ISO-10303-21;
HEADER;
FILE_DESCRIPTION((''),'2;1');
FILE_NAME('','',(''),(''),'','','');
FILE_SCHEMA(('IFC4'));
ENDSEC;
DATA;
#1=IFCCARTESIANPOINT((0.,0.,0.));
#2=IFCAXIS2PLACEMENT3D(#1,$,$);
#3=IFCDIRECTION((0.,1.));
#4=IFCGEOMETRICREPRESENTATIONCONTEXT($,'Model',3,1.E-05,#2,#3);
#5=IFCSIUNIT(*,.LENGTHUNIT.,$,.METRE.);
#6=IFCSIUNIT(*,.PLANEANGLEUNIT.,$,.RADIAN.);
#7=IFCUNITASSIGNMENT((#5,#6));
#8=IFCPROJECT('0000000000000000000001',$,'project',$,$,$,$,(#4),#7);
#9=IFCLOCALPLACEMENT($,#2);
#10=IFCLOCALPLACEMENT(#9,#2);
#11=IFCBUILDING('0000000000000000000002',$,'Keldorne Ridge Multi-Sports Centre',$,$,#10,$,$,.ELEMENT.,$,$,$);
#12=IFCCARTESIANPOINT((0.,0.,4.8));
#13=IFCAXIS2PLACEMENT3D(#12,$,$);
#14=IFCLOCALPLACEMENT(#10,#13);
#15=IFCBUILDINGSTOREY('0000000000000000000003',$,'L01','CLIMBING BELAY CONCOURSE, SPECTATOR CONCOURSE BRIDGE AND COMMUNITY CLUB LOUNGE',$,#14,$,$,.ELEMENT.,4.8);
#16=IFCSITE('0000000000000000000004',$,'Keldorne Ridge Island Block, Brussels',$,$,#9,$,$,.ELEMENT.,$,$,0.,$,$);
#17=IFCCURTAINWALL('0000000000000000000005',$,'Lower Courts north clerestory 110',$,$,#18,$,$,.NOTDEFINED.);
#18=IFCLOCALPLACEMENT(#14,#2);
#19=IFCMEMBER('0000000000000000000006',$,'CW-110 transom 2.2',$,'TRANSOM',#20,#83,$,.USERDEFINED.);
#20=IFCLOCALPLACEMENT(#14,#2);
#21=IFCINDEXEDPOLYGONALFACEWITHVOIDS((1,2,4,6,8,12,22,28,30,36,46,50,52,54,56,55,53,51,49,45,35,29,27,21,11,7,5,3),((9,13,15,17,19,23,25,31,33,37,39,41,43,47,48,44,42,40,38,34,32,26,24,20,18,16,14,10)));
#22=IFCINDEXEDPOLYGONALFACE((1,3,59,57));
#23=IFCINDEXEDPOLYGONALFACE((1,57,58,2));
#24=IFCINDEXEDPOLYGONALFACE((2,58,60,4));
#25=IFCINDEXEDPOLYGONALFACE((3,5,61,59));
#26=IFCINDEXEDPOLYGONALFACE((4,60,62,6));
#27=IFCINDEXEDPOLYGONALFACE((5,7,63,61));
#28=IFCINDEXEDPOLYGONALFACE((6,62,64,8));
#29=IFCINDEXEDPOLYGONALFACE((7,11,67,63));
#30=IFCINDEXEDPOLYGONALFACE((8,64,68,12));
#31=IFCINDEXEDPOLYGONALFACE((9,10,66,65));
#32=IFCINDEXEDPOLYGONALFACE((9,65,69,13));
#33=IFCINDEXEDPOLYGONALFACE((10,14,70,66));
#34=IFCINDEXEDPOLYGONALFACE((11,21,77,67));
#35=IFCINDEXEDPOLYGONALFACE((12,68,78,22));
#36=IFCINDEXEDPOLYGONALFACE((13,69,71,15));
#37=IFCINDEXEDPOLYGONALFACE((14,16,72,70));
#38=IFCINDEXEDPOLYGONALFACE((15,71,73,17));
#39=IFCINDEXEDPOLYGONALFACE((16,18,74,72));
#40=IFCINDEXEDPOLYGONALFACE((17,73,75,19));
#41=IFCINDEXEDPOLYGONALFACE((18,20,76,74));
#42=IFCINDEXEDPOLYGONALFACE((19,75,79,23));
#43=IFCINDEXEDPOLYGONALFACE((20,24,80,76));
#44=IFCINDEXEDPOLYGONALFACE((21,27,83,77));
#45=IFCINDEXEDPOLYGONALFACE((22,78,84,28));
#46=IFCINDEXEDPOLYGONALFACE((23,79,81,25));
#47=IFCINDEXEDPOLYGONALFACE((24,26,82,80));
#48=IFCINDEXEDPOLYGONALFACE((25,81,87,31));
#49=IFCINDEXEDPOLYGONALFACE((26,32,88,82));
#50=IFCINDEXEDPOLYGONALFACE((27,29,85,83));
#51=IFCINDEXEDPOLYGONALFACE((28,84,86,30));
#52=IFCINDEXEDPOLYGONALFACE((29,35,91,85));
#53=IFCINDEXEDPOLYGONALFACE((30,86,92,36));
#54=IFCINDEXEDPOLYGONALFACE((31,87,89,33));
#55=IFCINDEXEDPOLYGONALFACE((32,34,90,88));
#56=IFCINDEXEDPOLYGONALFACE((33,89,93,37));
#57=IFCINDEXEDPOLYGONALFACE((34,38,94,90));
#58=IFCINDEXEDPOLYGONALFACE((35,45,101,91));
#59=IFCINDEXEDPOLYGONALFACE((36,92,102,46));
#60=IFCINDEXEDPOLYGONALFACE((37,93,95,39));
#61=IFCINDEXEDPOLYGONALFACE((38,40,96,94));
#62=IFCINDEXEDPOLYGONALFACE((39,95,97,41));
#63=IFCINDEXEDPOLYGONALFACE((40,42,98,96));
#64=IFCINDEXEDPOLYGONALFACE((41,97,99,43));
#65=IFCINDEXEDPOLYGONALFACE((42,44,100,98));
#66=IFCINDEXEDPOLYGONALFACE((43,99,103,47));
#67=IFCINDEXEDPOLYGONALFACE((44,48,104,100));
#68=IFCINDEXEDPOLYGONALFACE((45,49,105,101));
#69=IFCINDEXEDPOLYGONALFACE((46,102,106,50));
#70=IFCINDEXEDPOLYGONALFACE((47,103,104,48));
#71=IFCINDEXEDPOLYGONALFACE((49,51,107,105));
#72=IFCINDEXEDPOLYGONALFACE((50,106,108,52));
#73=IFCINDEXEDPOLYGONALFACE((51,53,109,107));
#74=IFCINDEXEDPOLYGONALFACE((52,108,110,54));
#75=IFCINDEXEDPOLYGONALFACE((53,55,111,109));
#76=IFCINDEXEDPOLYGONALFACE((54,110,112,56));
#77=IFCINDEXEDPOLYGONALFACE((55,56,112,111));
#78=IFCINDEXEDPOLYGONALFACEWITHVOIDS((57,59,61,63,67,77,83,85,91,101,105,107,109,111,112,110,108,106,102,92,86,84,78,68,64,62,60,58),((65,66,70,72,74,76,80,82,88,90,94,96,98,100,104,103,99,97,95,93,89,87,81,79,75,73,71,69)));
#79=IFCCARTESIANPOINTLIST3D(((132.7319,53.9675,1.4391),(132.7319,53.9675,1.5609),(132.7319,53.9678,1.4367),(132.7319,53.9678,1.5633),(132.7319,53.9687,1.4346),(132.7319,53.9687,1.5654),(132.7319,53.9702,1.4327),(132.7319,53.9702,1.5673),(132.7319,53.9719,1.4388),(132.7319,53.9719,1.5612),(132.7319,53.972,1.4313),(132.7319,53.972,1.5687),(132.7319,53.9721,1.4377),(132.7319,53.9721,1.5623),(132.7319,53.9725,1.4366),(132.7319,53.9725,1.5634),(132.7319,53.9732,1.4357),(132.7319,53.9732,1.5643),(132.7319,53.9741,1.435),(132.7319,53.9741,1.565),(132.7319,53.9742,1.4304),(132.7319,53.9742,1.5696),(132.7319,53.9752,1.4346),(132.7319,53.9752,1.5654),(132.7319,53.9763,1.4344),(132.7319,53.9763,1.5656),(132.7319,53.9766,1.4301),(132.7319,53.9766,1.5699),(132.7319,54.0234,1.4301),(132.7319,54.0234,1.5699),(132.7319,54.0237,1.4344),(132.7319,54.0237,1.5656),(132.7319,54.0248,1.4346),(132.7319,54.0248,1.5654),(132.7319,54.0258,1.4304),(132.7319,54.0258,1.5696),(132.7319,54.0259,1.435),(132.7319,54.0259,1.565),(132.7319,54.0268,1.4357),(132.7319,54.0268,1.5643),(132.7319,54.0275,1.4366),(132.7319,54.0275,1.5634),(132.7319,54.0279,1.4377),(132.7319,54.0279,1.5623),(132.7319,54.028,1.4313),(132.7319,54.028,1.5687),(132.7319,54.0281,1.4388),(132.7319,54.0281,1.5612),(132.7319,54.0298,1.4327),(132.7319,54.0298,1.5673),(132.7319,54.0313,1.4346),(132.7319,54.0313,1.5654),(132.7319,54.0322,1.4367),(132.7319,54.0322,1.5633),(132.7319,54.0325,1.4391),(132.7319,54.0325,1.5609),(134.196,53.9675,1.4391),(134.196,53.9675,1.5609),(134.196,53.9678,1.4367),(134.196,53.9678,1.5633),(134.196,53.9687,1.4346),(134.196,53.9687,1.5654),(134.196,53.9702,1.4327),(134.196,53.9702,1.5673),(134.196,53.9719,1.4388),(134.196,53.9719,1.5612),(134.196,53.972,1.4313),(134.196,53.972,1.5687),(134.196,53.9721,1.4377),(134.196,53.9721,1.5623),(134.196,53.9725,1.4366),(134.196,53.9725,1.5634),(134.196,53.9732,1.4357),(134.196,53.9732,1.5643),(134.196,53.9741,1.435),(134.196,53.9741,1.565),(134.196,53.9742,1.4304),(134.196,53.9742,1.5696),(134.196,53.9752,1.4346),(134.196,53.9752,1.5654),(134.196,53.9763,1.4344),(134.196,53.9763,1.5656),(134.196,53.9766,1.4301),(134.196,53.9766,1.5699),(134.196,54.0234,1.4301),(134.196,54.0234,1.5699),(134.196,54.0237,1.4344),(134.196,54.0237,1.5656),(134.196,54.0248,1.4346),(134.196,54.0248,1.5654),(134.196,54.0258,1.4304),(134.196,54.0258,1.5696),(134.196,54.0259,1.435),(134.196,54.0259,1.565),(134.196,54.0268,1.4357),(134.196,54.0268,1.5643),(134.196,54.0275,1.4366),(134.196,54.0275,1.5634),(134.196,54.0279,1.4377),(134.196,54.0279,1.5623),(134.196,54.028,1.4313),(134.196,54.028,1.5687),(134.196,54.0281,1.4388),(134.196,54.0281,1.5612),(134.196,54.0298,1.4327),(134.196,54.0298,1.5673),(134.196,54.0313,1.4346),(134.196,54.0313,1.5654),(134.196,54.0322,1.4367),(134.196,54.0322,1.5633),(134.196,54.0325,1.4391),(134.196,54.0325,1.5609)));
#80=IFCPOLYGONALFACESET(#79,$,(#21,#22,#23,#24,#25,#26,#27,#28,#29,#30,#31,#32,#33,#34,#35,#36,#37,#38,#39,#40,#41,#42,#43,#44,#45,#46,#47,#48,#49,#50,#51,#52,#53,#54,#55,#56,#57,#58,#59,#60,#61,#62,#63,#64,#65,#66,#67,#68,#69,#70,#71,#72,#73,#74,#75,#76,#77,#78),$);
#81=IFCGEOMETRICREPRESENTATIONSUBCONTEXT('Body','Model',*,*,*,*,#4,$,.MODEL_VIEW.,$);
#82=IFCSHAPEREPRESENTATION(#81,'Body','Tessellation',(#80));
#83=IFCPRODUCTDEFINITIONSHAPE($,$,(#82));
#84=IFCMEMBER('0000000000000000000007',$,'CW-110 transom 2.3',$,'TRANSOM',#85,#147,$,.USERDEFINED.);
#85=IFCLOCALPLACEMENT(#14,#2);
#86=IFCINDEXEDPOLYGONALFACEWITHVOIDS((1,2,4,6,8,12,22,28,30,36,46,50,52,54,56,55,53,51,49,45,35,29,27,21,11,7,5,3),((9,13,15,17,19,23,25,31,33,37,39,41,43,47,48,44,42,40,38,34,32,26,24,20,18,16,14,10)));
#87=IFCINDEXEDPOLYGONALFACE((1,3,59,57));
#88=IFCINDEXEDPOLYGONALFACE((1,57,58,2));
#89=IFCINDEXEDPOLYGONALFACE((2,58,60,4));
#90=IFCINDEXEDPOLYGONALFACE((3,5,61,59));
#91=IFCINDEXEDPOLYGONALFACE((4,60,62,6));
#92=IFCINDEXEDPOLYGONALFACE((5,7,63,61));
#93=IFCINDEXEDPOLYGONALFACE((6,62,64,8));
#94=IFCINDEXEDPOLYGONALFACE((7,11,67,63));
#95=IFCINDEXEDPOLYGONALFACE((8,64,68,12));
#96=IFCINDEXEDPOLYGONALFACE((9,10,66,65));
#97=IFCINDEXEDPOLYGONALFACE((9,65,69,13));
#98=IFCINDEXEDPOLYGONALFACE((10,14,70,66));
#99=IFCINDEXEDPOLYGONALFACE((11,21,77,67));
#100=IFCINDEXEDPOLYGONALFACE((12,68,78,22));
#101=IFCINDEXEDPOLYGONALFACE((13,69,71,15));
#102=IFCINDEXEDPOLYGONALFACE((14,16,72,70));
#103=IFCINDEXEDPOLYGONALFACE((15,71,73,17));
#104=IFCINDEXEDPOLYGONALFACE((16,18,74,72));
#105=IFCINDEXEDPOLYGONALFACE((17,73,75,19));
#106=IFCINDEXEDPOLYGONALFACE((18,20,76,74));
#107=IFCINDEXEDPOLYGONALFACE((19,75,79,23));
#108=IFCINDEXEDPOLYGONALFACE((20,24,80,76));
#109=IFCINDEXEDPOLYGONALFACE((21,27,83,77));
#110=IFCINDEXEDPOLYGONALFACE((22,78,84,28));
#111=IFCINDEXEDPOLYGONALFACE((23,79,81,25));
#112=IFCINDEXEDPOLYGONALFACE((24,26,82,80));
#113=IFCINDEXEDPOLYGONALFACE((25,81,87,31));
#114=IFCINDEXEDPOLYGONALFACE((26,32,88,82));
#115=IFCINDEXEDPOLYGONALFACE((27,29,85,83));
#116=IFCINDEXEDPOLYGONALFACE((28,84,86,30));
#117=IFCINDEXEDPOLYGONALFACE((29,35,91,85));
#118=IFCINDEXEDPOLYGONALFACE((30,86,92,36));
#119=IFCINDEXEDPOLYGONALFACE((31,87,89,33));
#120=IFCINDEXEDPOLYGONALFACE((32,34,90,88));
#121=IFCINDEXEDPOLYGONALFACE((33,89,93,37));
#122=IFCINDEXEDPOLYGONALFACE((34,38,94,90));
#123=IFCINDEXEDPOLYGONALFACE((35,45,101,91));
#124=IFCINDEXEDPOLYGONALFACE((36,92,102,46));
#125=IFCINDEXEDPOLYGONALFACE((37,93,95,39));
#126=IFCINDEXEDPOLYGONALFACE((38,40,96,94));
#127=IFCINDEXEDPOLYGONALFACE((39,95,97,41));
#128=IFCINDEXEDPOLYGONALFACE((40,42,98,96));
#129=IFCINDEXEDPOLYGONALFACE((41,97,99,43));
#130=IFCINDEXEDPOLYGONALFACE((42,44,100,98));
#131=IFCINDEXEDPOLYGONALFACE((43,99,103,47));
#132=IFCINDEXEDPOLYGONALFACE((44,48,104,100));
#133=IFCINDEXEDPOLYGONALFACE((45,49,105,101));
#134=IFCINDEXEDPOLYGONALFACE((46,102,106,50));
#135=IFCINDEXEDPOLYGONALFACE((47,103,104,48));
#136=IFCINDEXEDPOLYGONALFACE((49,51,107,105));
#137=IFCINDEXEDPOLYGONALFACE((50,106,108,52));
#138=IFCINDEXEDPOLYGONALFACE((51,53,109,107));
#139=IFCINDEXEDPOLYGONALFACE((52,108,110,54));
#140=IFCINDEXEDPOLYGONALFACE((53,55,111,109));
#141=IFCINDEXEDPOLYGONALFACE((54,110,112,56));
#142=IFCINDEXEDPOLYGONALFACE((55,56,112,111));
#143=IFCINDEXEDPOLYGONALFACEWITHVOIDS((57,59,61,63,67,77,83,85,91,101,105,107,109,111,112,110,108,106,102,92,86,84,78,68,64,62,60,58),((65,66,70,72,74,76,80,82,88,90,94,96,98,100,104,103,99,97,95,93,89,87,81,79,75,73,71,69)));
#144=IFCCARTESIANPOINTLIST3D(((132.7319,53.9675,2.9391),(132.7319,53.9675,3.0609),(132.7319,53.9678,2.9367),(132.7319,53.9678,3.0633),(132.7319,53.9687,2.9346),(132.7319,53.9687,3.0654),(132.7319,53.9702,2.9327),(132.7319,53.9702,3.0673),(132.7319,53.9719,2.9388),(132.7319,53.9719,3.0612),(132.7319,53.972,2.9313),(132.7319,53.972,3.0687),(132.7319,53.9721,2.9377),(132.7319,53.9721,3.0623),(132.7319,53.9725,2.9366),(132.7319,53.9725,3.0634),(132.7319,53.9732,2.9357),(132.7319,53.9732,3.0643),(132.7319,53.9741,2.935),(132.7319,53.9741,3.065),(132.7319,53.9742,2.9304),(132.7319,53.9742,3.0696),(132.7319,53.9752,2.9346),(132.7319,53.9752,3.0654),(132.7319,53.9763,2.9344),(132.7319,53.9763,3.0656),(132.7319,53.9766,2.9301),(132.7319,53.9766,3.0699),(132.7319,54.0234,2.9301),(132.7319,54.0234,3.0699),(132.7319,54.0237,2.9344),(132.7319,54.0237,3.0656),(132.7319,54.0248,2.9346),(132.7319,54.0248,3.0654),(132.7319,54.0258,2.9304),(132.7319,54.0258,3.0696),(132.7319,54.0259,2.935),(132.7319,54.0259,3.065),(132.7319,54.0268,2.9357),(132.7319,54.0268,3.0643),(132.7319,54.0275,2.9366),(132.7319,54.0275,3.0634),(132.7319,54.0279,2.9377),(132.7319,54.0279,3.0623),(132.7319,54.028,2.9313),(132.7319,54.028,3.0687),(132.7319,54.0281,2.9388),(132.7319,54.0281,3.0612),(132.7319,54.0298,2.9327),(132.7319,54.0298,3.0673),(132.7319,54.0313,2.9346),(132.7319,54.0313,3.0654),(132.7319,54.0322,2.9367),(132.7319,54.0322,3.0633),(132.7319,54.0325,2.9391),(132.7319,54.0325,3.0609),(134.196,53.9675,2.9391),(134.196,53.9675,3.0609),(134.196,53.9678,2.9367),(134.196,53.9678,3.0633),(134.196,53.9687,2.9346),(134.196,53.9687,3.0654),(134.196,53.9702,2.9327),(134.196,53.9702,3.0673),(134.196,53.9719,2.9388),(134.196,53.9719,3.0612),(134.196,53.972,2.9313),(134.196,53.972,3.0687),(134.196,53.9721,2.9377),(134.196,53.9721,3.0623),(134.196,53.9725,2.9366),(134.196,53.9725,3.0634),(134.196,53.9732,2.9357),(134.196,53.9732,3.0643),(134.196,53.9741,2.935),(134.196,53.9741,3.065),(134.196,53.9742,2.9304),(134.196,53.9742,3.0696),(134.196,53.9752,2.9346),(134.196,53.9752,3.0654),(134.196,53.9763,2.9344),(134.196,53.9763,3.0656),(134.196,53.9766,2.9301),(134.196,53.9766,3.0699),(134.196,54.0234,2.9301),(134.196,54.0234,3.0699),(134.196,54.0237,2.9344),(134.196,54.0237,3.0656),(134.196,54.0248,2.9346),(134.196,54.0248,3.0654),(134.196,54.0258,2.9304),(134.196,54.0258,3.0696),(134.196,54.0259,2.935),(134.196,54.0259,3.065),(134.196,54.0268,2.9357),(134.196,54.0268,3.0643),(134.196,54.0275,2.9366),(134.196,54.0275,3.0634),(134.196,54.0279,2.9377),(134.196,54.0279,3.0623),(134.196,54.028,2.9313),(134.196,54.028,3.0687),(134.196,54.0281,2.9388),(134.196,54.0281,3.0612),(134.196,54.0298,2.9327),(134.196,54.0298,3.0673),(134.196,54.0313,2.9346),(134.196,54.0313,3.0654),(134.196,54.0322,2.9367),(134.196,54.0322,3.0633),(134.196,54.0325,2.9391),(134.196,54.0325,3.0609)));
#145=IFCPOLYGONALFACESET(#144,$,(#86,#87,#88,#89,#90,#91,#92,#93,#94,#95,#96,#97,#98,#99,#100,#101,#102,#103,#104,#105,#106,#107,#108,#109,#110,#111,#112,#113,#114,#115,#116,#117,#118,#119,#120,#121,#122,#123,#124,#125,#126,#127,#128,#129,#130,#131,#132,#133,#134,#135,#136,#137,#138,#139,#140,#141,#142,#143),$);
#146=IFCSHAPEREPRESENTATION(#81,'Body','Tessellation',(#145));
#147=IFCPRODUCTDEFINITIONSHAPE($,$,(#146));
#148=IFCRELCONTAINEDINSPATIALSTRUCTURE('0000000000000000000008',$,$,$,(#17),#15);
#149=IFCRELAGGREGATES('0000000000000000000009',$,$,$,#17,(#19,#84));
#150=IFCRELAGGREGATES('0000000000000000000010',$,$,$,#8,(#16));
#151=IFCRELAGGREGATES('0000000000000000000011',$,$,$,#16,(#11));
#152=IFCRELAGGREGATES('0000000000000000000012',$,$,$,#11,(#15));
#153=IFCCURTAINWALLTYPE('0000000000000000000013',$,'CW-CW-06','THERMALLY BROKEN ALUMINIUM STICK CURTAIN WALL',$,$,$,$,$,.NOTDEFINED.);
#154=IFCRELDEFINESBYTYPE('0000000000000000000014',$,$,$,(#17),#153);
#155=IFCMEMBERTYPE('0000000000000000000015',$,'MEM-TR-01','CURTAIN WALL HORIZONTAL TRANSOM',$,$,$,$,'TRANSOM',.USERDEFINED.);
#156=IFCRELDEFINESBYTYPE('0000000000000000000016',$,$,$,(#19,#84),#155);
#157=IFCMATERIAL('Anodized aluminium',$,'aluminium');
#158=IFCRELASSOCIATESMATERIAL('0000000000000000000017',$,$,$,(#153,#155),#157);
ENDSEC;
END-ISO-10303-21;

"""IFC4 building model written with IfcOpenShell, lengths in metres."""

from ifc_helpers import new_model, si_unit, direction, frame, origin, origin_2d, place, context, subcontext, project, spatial, hollow_rectangle, extrude, material, material_profile, profile_set, type_object, element, aggregate, save


model = new_model("IFC4")

# Units and contexts
model_context = context("Model", 3, precision=1e-05, world=origin(), true_north=direction((0.0, 1.0)))
body_context = subcontext(model_context, "Body", "Model", "MODEL_VIEW")
ifc_project = project(units=[si_unit("LENGTHUNIT", "METRE"), si_unit("PLANEANGLEUNIT", "RADIAN")], contexts=[model_context])

# Site, building, storey
site_placement = place(None, origin())
site = spatial("IfcSite", under=ifc_project, at=site_placement, Name="Keldorne Ridge Island Block, Brussels", CompositionType="ELEMENT", RefElevation=0.0)
building_placement = place(site_placement, origin())
building = spatial("IfcBuilding", under=site, at=building_placement, Name="Keldorne Ridge Multi-Sports Centre", CompositionType="ELEMENT")
storey_placement = place(building_placement, frame((0.0, 0.0, 4.8)))
storey = spatial("IfcBuildingStorey", under=building, at=storey_placement, Name="L01", Description="CLIMBING BELAY CONCOURSE, SPECTATOR CONCOURSE BRIDGE AND COMMUNITY CLUB LOUNGE", CompositionType="ELEMENT", Elevation=4.8)

# Curtain wall
ifc_material_1 = material(Name="Anodized aluminium", Category="aluminium")
curtain_wall_type_1 = type_object("IfcCurtainWallType", Name="CW-CW-06", Description="THERMALLY BROKEN ALUMINIUM STICK CURTAIN WALL", PredefinedType="NOTDEFINED", material=ifc_material_1)
curtain_wall_1_placement = place(storey_placement, origin())
curtain_wall_1 = element("IfcCurtainWall", 1, at=curtain_wall_1_placement, inside=storey, type_object=curtain_wall_type_1, Name="Lower Courts north clerestory 110", PredefinedType="NOTDEFINED")

# Members
ifc_material_profile_1 = material_profile(ifc_material_1, hollow_rectangle(XDim=0.0649, YDim=0.1399, WallThickness=0.0044, InnerFilletRadius=0.0044, OuterFilletRadius=0.009, at=origin_2d()), Name="ALU TRANSOM 140x65x4.5")
ifc_profile_set_1 = profile_set([ifc_material_profile_1], Name="Anodized aluminium")
member_type_1 = type_object("IfcMemberType", Name="MEM-TR-01", Description="CURTAIN WALL HORIZONTAL TRANSOM", ElementType="TRANSOM", PredefinedType="USERDEFINED", material=ifc_profile_set_1)
member_1_placement = place(storey_placement, frame((134.196, 54.0, 1.5), z_axis=(-1.0, 0.0, 0.0), x_axis=(0.0, -1.0, 0.0)))
member_1 = element("IfcMember", 2, at=member_1_placement, type_object=member_type_1, Name="CW-110 transom 2.2", ObjectType="TRANSOM", PredefinedType="USERDEFINED", context=body_context, shape_type="SweptSolid", body=[
    extrude(hollow_rectangle(XDim=0.0649, YDim=0.1399, WallThickness=0.0044, InnerFilletRadius=0.0044, OuterFilletRadius=0.009, at=origin_2d()), origin(), (0.0, 0.0, 1.0), 1.4641),
])
member_2_placement = place(storey_placement, frame((134.196, 54.0, 3.0), z_axis=(-1.0, 0.0, 0.0), x_axis=(0.0, -1.0, 0.0)))
member_2 = element("IfcMember", 3, at=member_2_placement, type_object=member_type_1, Name="CW-110 transom 2.3", ObjectType="TRANSOM", PredefinedType="USERDEFINED", context=body_context, shape_type="SweptSolid", body=[
    extrude(hollow_rectangle(XDim=0.0649, YDim=0.1399, WallThickness=0.0044, InnerFilletRadius=0.0044, OuterFilletRadius=0.009, at=origin_2d()), origin(), (0.0, 0.0, 1.0), 1.4641),
])

aggregate(curtain_wall_1, [member_1, member_2])

save(model, "model.ifc")
